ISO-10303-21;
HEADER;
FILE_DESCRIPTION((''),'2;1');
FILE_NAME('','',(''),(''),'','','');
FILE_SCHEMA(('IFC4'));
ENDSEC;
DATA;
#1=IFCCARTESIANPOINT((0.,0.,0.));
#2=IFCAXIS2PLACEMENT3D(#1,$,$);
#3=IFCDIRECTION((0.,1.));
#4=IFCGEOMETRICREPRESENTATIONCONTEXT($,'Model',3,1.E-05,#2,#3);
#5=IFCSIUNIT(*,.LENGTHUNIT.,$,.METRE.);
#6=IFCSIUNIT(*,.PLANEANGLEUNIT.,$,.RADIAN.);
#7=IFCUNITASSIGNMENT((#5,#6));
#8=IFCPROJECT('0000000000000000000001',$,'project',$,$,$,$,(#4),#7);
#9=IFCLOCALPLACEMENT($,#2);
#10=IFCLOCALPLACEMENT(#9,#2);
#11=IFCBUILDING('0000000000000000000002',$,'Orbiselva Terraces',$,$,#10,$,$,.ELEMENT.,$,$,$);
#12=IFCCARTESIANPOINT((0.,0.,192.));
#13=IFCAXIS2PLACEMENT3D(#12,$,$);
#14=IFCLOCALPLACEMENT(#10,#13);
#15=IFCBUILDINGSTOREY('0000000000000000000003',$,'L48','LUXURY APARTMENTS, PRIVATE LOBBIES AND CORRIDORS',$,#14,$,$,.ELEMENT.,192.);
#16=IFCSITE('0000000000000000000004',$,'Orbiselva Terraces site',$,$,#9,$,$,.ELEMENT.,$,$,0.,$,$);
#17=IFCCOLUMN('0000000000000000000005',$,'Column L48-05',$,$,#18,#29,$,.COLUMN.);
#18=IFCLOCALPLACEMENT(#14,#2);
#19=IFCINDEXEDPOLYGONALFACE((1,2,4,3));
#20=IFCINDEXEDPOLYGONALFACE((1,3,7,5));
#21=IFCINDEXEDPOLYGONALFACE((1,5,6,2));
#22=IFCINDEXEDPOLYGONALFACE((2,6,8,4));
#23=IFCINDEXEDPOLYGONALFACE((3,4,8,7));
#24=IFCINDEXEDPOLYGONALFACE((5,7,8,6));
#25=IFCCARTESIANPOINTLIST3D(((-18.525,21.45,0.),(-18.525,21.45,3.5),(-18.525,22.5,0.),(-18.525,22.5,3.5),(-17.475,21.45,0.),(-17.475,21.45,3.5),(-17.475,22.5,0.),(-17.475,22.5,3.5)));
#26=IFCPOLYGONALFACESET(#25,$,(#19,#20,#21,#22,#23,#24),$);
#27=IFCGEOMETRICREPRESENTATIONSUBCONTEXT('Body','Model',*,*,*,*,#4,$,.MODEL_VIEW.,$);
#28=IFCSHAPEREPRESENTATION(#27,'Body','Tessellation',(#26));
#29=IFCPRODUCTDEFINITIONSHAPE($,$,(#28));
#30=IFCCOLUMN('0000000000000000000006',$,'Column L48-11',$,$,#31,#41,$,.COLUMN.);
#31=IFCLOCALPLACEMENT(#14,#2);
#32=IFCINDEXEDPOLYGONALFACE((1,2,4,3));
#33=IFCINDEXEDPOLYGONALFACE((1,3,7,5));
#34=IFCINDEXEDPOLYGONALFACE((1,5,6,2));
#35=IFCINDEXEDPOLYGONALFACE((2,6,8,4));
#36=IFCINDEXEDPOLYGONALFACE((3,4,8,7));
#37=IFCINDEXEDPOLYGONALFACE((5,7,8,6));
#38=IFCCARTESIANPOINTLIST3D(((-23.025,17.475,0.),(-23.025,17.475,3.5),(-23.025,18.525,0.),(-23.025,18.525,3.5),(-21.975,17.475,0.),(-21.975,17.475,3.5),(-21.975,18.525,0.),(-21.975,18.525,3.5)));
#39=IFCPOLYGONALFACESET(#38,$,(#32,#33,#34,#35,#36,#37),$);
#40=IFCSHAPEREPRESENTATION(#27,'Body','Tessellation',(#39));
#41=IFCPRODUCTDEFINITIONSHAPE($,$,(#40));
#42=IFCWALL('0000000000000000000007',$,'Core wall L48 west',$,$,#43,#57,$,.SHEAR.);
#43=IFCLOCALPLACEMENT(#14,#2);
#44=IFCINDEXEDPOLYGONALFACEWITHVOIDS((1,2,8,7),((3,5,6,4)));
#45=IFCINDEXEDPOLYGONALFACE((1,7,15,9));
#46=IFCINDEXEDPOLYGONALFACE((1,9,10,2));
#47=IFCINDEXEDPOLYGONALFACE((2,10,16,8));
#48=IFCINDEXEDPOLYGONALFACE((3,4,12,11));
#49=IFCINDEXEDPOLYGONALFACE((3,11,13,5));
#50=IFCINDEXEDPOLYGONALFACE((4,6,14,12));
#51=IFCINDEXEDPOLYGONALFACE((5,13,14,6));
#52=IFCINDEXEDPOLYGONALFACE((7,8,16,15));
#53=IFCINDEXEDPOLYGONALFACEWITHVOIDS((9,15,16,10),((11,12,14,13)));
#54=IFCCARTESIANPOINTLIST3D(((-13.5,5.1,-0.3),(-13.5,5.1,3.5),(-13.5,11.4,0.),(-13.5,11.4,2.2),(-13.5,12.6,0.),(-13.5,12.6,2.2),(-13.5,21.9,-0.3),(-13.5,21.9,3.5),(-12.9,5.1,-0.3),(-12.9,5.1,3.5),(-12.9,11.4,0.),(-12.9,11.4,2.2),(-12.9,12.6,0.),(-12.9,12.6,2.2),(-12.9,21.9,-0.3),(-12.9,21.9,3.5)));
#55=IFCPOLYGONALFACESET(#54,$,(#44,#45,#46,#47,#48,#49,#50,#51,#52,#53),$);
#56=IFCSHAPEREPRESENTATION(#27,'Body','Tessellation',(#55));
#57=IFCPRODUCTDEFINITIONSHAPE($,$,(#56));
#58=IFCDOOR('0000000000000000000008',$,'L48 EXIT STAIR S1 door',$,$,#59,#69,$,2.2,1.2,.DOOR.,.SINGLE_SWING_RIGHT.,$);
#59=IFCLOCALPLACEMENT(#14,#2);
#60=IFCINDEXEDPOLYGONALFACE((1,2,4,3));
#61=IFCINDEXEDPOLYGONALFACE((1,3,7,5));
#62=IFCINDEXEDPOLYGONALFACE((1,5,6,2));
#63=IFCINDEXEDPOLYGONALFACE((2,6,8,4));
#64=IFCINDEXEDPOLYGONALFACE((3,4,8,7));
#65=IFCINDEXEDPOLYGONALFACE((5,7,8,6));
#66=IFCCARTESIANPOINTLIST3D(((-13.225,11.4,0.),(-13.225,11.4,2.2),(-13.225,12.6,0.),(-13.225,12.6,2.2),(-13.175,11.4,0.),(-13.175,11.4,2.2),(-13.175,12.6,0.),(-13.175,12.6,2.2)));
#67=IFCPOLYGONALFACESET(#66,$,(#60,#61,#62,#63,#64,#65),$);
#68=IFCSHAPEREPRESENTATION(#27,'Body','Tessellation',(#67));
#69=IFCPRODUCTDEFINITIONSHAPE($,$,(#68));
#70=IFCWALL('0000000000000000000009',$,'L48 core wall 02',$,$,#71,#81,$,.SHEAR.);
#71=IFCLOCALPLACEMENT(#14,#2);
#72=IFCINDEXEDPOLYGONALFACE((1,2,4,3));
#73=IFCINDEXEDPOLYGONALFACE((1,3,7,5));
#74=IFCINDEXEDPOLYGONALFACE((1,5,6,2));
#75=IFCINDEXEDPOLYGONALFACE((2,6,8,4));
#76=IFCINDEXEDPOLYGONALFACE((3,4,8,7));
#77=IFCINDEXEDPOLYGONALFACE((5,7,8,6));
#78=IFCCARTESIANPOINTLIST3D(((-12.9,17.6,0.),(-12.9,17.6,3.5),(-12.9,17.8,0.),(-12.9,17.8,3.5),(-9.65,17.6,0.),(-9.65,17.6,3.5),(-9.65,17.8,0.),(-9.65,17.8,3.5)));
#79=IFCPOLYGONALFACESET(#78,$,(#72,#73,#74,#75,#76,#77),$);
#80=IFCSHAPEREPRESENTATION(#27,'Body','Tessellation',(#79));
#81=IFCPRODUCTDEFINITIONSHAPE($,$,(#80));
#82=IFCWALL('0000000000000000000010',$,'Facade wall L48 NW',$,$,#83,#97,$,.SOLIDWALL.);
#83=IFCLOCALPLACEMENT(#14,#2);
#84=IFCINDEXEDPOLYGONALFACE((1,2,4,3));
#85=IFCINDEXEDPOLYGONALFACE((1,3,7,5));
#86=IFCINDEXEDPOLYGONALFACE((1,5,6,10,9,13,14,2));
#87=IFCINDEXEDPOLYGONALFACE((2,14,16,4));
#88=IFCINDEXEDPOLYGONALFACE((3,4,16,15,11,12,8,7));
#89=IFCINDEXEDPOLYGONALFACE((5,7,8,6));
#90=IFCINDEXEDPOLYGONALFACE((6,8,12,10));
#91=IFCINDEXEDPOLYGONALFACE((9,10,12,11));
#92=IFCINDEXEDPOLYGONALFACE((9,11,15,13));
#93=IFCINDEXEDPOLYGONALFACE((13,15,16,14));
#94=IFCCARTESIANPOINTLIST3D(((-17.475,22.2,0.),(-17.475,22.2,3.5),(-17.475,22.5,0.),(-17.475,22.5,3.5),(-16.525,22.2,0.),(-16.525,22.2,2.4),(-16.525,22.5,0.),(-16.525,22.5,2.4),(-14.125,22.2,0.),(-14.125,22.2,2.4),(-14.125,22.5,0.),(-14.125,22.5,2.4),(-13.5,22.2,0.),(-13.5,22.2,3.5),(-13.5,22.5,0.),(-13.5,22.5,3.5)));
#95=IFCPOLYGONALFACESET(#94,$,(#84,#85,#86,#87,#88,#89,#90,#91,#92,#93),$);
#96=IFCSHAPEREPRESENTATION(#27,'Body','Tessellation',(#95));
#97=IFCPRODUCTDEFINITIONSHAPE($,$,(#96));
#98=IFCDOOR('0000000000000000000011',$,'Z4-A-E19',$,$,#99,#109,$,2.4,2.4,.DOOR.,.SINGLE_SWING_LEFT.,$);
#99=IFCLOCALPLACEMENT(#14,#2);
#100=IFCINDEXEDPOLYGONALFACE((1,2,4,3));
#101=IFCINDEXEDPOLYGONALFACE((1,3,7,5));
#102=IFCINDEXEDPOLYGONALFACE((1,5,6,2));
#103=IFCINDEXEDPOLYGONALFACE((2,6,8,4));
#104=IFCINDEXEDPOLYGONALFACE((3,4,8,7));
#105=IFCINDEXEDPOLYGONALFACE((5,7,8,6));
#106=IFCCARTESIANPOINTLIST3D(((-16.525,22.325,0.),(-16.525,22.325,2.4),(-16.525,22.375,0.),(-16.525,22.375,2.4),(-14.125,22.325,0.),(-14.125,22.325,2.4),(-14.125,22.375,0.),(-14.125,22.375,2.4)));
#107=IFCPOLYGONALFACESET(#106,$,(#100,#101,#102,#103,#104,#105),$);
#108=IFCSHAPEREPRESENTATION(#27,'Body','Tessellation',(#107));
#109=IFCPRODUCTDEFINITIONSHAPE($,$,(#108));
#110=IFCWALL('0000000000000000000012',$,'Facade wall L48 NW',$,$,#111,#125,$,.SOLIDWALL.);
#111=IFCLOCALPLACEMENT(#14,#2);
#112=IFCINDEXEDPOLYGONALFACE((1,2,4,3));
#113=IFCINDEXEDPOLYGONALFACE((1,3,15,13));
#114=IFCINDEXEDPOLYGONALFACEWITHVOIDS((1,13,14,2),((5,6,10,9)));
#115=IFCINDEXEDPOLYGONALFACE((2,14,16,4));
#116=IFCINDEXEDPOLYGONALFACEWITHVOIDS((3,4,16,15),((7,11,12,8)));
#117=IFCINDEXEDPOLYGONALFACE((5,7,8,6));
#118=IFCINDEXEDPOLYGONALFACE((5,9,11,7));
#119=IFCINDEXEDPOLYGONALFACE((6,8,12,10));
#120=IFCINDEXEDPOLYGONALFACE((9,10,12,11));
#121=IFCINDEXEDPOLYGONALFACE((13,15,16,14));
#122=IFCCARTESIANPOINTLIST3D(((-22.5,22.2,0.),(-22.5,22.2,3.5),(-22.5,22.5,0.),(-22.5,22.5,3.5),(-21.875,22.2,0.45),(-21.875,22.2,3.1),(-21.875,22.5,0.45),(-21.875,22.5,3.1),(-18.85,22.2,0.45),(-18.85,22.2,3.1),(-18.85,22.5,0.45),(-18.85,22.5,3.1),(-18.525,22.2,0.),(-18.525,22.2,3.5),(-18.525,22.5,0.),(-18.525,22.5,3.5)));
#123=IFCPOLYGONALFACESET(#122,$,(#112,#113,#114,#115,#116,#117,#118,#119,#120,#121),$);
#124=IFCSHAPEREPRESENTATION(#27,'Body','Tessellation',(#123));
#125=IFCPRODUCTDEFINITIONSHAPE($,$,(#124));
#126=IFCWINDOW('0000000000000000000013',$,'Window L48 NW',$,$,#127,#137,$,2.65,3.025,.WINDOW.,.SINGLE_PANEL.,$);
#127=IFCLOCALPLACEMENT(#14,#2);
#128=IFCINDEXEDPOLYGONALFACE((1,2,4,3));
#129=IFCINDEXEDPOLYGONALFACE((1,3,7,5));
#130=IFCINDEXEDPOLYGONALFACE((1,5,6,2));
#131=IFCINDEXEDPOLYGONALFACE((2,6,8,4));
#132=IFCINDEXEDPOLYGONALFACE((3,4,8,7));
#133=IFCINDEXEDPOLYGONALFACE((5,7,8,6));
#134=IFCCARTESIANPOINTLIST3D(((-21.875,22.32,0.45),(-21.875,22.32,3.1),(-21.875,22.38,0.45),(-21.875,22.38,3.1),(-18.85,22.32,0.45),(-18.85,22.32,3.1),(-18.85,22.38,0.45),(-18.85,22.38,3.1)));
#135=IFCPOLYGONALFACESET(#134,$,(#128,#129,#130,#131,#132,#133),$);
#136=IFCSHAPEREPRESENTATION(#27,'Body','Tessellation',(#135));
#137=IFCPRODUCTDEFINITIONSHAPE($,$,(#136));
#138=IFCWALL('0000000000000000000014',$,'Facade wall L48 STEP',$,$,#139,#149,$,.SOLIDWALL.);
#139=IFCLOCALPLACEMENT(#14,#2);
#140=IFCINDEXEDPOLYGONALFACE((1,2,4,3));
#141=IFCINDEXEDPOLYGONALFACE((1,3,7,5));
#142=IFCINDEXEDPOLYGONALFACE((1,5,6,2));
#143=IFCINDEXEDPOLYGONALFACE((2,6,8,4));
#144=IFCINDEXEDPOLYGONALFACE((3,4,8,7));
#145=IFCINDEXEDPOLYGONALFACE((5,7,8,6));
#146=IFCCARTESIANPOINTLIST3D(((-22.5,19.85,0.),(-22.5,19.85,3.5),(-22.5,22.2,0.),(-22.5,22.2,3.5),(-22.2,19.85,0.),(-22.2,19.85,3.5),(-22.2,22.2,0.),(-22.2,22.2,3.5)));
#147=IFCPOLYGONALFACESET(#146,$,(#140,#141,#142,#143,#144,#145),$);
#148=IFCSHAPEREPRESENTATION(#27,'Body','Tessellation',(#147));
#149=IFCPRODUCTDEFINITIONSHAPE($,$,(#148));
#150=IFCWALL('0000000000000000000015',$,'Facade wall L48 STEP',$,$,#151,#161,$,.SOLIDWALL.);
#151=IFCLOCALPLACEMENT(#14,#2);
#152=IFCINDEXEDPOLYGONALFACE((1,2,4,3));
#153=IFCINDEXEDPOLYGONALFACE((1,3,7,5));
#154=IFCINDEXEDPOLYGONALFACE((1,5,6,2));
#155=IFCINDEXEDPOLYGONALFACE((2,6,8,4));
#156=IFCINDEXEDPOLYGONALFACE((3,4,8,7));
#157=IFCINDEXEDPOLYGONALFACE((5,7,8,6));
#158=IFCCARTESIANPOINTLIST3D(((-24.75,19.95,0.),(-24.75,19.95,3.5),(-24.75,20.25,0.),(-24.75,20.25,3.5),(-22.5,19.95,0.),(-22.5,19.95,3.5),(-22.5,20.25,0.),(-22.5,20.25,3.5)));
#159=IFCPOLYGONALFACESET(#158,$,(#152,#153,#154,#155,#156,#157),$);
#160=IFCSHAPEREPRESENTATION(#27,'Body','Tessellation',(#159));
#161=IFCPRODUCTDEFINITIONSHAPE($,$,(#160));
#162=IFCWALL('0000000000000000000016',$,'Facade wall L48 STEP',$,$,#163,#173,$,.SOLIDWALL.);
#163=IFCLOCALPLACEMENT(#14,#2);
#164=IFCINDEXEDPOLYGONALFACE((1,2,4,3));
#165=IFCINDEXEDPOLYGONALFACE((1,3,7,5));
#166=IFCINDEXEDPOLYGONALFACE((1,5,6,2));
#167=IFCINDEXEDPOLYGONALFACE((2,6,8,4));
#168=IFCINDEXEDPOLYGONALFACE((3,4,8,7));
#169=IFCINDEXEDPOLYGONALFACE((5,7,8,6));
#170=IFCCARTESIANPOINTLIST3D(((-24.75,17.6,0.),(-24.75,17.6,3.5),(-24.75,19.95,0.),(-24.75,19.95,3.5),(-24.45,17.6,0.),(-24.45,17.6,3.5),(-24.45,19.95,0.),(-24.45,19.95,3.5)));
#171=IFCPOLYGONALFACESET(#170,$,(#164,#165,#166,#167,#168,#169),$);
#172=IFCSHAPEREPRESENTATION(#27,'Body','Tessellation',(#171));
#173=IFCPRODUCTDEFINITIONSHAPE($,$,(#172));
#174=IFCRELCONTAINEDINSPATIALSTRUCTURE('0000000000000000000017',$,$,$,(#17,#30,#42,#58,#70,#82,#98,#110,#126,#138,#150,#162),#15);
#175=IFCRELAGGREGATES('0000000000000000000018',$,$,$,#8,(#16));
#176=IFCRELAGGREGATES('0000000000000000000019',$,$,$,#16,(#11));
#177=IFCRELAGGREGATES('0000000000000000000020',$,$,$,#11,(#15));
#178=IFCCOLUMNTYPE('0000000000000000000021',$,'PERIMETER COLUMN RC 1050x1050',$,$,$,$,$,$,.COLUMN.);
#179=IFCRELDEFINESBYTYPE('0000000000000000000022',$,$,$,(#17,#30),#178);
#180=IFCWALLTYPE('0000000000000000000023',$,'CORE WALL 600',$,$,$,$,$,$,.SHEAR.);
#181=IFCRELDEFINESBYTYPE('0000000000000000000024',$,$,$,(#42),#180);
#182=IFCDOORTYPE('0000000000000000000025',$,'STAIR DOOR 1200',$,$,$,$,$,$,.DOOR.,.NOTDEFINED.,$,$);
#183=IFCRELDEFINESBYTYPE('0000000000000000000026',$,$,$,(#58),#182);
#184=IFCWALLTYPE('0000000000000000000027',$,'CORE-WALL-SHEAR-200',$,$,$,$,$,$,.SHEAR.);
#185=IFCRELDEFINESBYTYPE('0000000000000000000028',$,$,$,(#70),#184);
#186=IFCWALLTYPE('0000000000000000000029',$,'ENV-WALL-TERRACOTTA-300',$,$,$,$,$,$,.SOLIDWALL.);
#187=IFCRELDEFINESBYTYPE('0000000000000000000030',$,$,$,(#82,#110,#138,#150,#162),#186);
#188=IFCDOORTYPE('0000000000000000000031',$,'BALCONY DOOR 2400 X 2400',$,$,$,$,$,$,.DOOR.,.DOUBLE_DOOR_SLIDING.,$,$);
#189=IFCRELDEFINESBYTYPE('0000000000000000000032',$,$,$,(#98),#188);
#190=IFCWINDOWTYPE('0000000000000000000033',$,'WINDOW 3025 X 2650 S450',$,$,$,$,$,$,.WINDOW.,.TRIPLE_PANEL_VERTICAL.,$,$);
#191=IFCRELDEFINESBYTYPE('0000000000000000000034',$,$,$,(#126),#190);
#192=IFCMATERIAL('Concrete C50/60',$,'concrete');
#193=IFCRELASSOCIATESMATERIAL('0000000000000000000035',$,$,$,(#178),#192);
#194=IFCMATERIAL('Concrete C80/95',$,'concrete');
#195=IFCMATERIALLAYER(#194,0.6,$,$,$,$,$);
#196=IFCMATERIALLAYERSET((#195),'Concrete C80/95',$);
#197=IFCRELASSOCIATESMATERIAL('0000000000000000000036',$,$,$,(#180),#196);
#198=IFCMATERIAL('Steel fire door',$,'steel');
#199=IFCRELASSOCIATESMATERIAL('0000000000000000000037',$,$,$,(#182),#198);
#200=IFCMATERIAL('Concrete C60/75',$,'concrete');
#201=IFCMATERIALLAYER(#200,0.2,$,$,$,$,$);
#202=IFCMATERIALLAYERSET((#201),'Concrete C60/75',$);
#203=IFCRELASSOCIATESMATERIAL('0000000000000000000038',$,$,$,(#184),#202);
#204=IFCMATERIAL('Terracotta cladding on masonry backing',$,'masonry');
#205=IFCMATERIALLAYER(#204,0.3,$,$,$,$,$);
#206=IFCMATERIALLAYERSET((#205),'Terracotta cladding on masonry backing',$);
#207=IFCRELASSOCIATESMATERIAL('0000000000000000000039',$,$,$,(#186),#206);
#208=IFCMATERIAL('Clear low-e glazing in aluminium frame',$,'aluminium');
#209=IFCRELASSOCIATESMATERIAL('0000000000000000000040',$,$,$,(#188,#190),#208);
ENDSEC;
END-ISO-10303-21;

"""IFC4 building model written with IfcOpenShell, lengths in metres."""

from ifc_helpers import new_model, si_unit, direction, frame, frame_2d, origin, origin_2d, place, context, subcontext, project, spatial, rectangle, extrude, material, layer, layer_set, material_profile, profile_set, type_object, element, fill, save


model = new_model("IFC4")

# Units and contexts
model_context = context("Model", 3, precision=1e-05, world=origin(), true_north=direction((0.0, 1.0)))
body_context = subcontext(model_context, "Body", "Model", "MODEL_VIEW")
ifc_project = project(units=[si_unit("LENGTHUNIT", "METRE"), si_unit("PLANEANGLEUNIT", "RADIAN")], contexts=[model_context])

# Site, building, storey
site_placement = place(None, origin())
site = spatial("IfcSite", under=ifc_project, at=site_placement, Name="Orbiselva Terraces site", CompositionType="ELEMENT", RefElevation=0.0)
building_placement = place(site_placement, origin())
building = spatial("IfcBuilding", under=site, at=building_placement, Name="Orbiselva Terraces", CompositionType="ELEMENT")
storey_placement = place(building_placement, frame((0.0, 0.0, 192.0)))
storey = spatial("IfcBuildingStorey", under=building, at=storey_placement, Name="L48", Description="LUXURY APARTMENTS, PRIVATE LOBBIES AND CORRIDORS", CompositionType="ELEMENT", Elevation=192.0)

# Columns
ifc_material_1 = material(Name="Concrete C50/60", Category="concrete")
ifc_material_profile = material_profile(ifc_material_1, rectangle(XDim=1.05, YDim=1.05, at=origin_2d()), Name="RC 1050x1050")
ifc_profile_set = profile_set([ifc_material_profile], Name="Concrete C50/60")
column_type = type_object("IfcColumnType", Name="PERIMETER COLUMN RC 1050x1050", PredefinedType="COLUMN", material=ifc_profile_set)
for number, where, z_axis, x_axis, name in (
    (1, (-18.0, 21.975, 0.0), (0.0, 0.0, 1.0), (1.0, 0.0, 0.0), "Column L48-05"),
    (2, (-22.5, 18.0, 0.0), (0.0, 0.0, 1.0), (1.0, 0.0, 0.0), "Column L48-11"),
):
    element("IfcColumn", number, at=place(storey_placement, frame(where, z_axis=z_axis, x_axis=x_axis)), inside=storey, type_object=column_type, Name=name, PredefinedType="COLUMN", context=body_context, shape_type="SweptSolid", body=[
        extrude(rectangle(XDim=1.05, YDim=1.05, at=origin_2d()), origin(), (0.0, 0.0, 1.0), 3.5),
    ])

# Wall, opening, door
ifc_material_2 = material(Name="Concrete C80/95", Category="concrete")
ifc_layer_1 = layer(ifc_material_2, 0.6)
ifc_layer_set_1 = layer_set([ifc_layer_1], Name="Concrete C80/95")
wall_type_1 = type_object("IfcWallType", Name="CORE WALL 600", PredefinedType="SHEAR", material=ifc_layer_set_1)
wall_1_placement = place(storey_placement, frame((-13.2, 21.9, -0.3), z_axis=(0.0, 0.0, 1.0), x_axis=(0.0, -1.0, 0.0)))
wall_1 = element("IfcWall", 3, at=wall_1_placement, inside=storey, type_object=wall_type_1, Name="Core wall L48 west", PredefinedType="SHEAR", context=body_context, shape_type="SweptSolid", body=[
    extrude(rectangle(XDim=16.8, YDim=0.6, at=frame_2d((8.4, 0.0))), origin(), (0.0, 0.0, 1.0), 3.8),
])
opening_1_placement = place(wall_1_placement, frame((9.3, 0.0, 0.3)))
opening_1 = element("IfcOpeningElement", 4, at=opening_1_placement, cuts=wall_1, PredefinedType="OPENING", context=body_context, shape_type="SweptSolid", body=[
    extrude(rectangle(XDim=1.2, YDim=2.2, at=frame_2d((0.6, 1.1))), frame((0.0, 0.31, 0.0), z_axis=(0.0, -1.0, 0.0), x_axis=(1.0, 0.0, 0.0)), (0.0, 0.0, 1.0), 0.62),
])
ifc_material_3 = material(Name="Steel fire door", Category="steel")
door_type_1 = type_object("IfcDoorType", Name="STAIR DOOR 1200", OperationType="NOTDEFINED", PredefinedType="DOOR", material=ifc_material_3)
door_1_placement = place(opening_1_placement, frame((1.2, 0.0, 0.0), z_axis=(0.0, 0.0, 1.0), x_axis=(-1.0, 0.0, 0.0)))
door_1 = element("IfcDoor", 5, at=door_1_placement, inside=storey, type_object=door_type_1, Name="L48 EXIT STAIR S1 door", OperationType="SINGLE_SWING_RIGHT", OverallHeight=2.2, OverallWidth=1.2, PredefinedType="DOOR", context=body_context, shape_type="SweptSolid", body=[
    extrude(rectangle(XDim=1.2, YDim=2.2, at=frame_2d((0.6, 1.1))), frame((0.0, 0.025, 0.0), z_axis=(0.0, -1.0, 0.0), x_axis=(1.0, 0.0, 0.0)), (0.0, 0.0, 1.0), 0.05),
])
fill(opening_1, door_1)

# Wall
ifc_material_4 = material(Name="Concrete C60/75", Category="concrete")
ifc_layer_2 = layer(ifc_material_4, 0.2)
ifc_layer_set_2 = layer_set([ifc_layer_2], Name="Concrete C60/75")
wall_type_2 = type_object("IfcWallType", Name="CORE-WALL-SHEAR-200", PredefinedType="SHEAR", material=ifc_layer_set_2)
wall_2_placement = place(storey_placement, frame((-12.9, 17.7, 0.0), z_axis=(0.0, 0.0, 1.0), x_axis=(1.0, 0.0, 0.0)))
element("IfcWall", 6, at=wall_2_placement, inside=storey, type_object=wall_type_2, Name="L48 core wall 02", PredefinedType="SHEAR", context=body_context, shape_type="SweptSolid", body=[
    extrude(rectangle(XDim=3.25, YDim=0.2, at=frame_2d((1.625, 0.0))), origin(), (0.0, 0.0, 1.0), 3.5),
])

# Wall, opening, door
ifc_material_5 = material(Name="Terracotta cladding on masonry backing", Category="masonry")
ifc_layer_3 = layer(ifc_material_5, 0.3)
ifc_layer_set_3 = layer_set([ifc_layer_3], Name="Terracotta cladding on masonry backing")
wall_type_3 = type_object("IfcWallType", Name="ENV-WALL-TERRACOTTA-300", PredefinedType="SOLIDWALL", material=ifc_layer_set_3)
wall_3_placement = place(storey_placement, frame((-17.475, 22.35, 0.0), z_axis=(0.0, 0.0, 1.0), x_axis=(1.0, 0.0, 0.0)))
wall_3 = element("IfcWall", 7, at=wall_3_placement, inside=storey, type_object=wall_type_3, Name="Facade wall L48 NW", PredefinedType="SOLIDWALL", context=body_context, shape_type="SweptSolid", body=[
    extrude(rectangle(XDim=3.975, YDim=0.3, at=frame_2d((1.9875, 0.0))), origin(), (0.0, 0.0, 1.0), 3.5),
])
opening_2_placement = place(wall_3_placement, frame((0.95, 0.0, 0.0)))
opening_2 = element("IfcOpeningElement", 8, at=opening_2_placement, cuts=wall_3, PredefinedType="OPENING", context=body_context, shape_type="SweptSolid", body=[
    extrude(rectangle(XDim=2.4, YDim=2.4, at=frame_2d((1.2, 1.2))), frame((0.0, 0.16, 0.0), z_axis=(0.0, -1.0, 0.0), x_axis=(1.0, 0.0, 0.0)), (0.0, 0.0, 1.0), 0.32),
])
ifc_material_6 = material(Name="Clear low-e glazing in aluminium frame", Category="aluminium")
door_type_2 = type_object("IfcDoorType", Name="BALCONY DOOR 2400 X 2400", OperationType="DOUBLE_DOOR_SLIDING", PredefinedType="DOOR", material=ifc_material_6)
door_2_placement = place(opening_2_placement, origin())
door_2 = element("IfcDoor", 9, at=door_2_placement, inside=storey, type_object=door_type_2, Name="Z4-A-E19", OperationType="SINGLE_SWING_LEFT", OverallHeight=2.4, OverallWidth=2.4, PredefinedType="DOOR", context=body_context, shape_type="SweptSolid", body=[
    extrude(rectangle(XDim=2.4, YDim=2.4, at=frame_2d((1.2, 1.2))), frame((0.0, 0.025, 0.0), z_axis=(0.0, -1.0, 0.0), x_axis=(1.0, 0.0, 0.0)), (0.0, 0.0, 1.0), 0.05),
])
fill(opening_2, door_2)

# Wall, opening, window
wall_4_placement = place(storey_placement, frame((-22.5, 22.35, 0.0), z_axis=(0.0, 0.0, 1.0), x_axis=(1.0, 0.0, 0.0)))
wall_4 = element("IfcWall", 10, at=wall_4_placement, inside=storey, type_object=wall_type_3, Name="Facade wall L48 NW", PredefinedType="SOLIDWALL", context=body_context, shape_type="SweptSolid", body=[
    extrude(rectangle(XDim=3.975, YDim=0.3, at=frame_2d((1.9875, 0.0))), origin(), (0.0, 0.0, 1.0), 3.5),
])
opening_3_placement = place(wall_4_placement, frame((0.625, 0.0, 0.45)))
opening_3 = element("IfcOpeningElement", 11, at=opening_3_placement, cuts=wall_4, PredefinedType="OPENING", context=body_context, shape_type="SweptSolid", body=[
    extrude(rectangle(XDim=3.025, YDim=2.65, at=frame_2d((1.5125, 1.325))), frame((0.0, 0.16, 0.0), z_axis=(0.0, -1.0, 0.0), x_axis=(1.0, 0.0, 0.0)), (0.0, 0.0, 1.0), 0.32),
])
window_type = type_object("IfcWindowType", Name="WINDOW 3025 X 2650 S450", PartitioningType="TRIPLE_PANEL_VERTICAL", PredefinedType="WINDOW", material=ifc_material_6)
window_placement = place(opening_3_placement, origin())
window = element("IfcWindow", 12, at=window_placement, inside=storey, type_object=window_type, Name="Window L48 NW", OverallHeight=2.65, OverallWidth=3.025, PartitioningType="SINGLE_PANEL", PredefinedType="WINDOW", context=body_context, shape_type="SweptSolid", body=[
    extrude(rectangle(XDim=3.025, YDim=2.65, at=frame_2d((1.5125, 1.325))), frame((0.0, 0.03, 0.0), z_axis=(0.0, -1.0, 0.0), x_axis=(1.0, 0.0, 0.0)), (0.0, 0.0, 1.0), 0.06),
])
fill(opening_3, window)

# Walls
wall_5_placement = place(storey_placement, frame((-22.35, 19.85, 0.0), z_axis=(0.0, 0.0, 1.0), x_axis=(0.0, 1.0, 0.0)))
element("IfcWall", 13, at=wall_5_placement, inside=storey, type_object=wall_type_3, Name="Facade wall L48 STEP", PredefinedType="SOLIDWALL", context=body_context, shape_type="SweptSolid", body=[
    extrude(rectangle(XDim=2.35, YDim=0.3, at=frame_2d((1.175, 0.0))), origin(), (0.0, 0.0, 1.0), 3.5),
])
wall_6_placement = place(storey_placement, frame((-24.75, 20.1, 0.0), z_axis=(0.0, 0.0, 1.0), x_axis=(1.0, 0.0, 0.0)))
element("IfcWall", 14, at=wall_6_placement, inside=storey, type_object=wall_type_3, Name="Facade wall L48 STEP", PredefinedType="SOLIDWALL", context=body_context, shape_type="SweptSolid", body=[
    extrude(rectangle(XDim=2.25, YDim=0.3, at=frame_2d((1.125, 0.0))), origin(), (0.0, 0.0, 1.0), 3.5),
])
wall_7_placement = place(storey_placement, frame((-24.6, 17.6, 0.0), z_axis=(0.0, 0.0, 1.0), x_axis=(0.0, 1.0, 0.0)))
element("IfcWall", 15, at=wall_7_placement, inside=storey, type_object=wall_type_3, Name="Facade wall L48 STEP", PredefinedType="SOLIDWALL", context=body_context, shape_type="SweptSolid", body=[
    extrude(rectangle(XDim=2.35, YDim=0.3, at=frame_2d((1.175, 0.0))), origin(), (0.0, 0.0, 1.0), 3.5),
])

save(model, "model.ifc")
